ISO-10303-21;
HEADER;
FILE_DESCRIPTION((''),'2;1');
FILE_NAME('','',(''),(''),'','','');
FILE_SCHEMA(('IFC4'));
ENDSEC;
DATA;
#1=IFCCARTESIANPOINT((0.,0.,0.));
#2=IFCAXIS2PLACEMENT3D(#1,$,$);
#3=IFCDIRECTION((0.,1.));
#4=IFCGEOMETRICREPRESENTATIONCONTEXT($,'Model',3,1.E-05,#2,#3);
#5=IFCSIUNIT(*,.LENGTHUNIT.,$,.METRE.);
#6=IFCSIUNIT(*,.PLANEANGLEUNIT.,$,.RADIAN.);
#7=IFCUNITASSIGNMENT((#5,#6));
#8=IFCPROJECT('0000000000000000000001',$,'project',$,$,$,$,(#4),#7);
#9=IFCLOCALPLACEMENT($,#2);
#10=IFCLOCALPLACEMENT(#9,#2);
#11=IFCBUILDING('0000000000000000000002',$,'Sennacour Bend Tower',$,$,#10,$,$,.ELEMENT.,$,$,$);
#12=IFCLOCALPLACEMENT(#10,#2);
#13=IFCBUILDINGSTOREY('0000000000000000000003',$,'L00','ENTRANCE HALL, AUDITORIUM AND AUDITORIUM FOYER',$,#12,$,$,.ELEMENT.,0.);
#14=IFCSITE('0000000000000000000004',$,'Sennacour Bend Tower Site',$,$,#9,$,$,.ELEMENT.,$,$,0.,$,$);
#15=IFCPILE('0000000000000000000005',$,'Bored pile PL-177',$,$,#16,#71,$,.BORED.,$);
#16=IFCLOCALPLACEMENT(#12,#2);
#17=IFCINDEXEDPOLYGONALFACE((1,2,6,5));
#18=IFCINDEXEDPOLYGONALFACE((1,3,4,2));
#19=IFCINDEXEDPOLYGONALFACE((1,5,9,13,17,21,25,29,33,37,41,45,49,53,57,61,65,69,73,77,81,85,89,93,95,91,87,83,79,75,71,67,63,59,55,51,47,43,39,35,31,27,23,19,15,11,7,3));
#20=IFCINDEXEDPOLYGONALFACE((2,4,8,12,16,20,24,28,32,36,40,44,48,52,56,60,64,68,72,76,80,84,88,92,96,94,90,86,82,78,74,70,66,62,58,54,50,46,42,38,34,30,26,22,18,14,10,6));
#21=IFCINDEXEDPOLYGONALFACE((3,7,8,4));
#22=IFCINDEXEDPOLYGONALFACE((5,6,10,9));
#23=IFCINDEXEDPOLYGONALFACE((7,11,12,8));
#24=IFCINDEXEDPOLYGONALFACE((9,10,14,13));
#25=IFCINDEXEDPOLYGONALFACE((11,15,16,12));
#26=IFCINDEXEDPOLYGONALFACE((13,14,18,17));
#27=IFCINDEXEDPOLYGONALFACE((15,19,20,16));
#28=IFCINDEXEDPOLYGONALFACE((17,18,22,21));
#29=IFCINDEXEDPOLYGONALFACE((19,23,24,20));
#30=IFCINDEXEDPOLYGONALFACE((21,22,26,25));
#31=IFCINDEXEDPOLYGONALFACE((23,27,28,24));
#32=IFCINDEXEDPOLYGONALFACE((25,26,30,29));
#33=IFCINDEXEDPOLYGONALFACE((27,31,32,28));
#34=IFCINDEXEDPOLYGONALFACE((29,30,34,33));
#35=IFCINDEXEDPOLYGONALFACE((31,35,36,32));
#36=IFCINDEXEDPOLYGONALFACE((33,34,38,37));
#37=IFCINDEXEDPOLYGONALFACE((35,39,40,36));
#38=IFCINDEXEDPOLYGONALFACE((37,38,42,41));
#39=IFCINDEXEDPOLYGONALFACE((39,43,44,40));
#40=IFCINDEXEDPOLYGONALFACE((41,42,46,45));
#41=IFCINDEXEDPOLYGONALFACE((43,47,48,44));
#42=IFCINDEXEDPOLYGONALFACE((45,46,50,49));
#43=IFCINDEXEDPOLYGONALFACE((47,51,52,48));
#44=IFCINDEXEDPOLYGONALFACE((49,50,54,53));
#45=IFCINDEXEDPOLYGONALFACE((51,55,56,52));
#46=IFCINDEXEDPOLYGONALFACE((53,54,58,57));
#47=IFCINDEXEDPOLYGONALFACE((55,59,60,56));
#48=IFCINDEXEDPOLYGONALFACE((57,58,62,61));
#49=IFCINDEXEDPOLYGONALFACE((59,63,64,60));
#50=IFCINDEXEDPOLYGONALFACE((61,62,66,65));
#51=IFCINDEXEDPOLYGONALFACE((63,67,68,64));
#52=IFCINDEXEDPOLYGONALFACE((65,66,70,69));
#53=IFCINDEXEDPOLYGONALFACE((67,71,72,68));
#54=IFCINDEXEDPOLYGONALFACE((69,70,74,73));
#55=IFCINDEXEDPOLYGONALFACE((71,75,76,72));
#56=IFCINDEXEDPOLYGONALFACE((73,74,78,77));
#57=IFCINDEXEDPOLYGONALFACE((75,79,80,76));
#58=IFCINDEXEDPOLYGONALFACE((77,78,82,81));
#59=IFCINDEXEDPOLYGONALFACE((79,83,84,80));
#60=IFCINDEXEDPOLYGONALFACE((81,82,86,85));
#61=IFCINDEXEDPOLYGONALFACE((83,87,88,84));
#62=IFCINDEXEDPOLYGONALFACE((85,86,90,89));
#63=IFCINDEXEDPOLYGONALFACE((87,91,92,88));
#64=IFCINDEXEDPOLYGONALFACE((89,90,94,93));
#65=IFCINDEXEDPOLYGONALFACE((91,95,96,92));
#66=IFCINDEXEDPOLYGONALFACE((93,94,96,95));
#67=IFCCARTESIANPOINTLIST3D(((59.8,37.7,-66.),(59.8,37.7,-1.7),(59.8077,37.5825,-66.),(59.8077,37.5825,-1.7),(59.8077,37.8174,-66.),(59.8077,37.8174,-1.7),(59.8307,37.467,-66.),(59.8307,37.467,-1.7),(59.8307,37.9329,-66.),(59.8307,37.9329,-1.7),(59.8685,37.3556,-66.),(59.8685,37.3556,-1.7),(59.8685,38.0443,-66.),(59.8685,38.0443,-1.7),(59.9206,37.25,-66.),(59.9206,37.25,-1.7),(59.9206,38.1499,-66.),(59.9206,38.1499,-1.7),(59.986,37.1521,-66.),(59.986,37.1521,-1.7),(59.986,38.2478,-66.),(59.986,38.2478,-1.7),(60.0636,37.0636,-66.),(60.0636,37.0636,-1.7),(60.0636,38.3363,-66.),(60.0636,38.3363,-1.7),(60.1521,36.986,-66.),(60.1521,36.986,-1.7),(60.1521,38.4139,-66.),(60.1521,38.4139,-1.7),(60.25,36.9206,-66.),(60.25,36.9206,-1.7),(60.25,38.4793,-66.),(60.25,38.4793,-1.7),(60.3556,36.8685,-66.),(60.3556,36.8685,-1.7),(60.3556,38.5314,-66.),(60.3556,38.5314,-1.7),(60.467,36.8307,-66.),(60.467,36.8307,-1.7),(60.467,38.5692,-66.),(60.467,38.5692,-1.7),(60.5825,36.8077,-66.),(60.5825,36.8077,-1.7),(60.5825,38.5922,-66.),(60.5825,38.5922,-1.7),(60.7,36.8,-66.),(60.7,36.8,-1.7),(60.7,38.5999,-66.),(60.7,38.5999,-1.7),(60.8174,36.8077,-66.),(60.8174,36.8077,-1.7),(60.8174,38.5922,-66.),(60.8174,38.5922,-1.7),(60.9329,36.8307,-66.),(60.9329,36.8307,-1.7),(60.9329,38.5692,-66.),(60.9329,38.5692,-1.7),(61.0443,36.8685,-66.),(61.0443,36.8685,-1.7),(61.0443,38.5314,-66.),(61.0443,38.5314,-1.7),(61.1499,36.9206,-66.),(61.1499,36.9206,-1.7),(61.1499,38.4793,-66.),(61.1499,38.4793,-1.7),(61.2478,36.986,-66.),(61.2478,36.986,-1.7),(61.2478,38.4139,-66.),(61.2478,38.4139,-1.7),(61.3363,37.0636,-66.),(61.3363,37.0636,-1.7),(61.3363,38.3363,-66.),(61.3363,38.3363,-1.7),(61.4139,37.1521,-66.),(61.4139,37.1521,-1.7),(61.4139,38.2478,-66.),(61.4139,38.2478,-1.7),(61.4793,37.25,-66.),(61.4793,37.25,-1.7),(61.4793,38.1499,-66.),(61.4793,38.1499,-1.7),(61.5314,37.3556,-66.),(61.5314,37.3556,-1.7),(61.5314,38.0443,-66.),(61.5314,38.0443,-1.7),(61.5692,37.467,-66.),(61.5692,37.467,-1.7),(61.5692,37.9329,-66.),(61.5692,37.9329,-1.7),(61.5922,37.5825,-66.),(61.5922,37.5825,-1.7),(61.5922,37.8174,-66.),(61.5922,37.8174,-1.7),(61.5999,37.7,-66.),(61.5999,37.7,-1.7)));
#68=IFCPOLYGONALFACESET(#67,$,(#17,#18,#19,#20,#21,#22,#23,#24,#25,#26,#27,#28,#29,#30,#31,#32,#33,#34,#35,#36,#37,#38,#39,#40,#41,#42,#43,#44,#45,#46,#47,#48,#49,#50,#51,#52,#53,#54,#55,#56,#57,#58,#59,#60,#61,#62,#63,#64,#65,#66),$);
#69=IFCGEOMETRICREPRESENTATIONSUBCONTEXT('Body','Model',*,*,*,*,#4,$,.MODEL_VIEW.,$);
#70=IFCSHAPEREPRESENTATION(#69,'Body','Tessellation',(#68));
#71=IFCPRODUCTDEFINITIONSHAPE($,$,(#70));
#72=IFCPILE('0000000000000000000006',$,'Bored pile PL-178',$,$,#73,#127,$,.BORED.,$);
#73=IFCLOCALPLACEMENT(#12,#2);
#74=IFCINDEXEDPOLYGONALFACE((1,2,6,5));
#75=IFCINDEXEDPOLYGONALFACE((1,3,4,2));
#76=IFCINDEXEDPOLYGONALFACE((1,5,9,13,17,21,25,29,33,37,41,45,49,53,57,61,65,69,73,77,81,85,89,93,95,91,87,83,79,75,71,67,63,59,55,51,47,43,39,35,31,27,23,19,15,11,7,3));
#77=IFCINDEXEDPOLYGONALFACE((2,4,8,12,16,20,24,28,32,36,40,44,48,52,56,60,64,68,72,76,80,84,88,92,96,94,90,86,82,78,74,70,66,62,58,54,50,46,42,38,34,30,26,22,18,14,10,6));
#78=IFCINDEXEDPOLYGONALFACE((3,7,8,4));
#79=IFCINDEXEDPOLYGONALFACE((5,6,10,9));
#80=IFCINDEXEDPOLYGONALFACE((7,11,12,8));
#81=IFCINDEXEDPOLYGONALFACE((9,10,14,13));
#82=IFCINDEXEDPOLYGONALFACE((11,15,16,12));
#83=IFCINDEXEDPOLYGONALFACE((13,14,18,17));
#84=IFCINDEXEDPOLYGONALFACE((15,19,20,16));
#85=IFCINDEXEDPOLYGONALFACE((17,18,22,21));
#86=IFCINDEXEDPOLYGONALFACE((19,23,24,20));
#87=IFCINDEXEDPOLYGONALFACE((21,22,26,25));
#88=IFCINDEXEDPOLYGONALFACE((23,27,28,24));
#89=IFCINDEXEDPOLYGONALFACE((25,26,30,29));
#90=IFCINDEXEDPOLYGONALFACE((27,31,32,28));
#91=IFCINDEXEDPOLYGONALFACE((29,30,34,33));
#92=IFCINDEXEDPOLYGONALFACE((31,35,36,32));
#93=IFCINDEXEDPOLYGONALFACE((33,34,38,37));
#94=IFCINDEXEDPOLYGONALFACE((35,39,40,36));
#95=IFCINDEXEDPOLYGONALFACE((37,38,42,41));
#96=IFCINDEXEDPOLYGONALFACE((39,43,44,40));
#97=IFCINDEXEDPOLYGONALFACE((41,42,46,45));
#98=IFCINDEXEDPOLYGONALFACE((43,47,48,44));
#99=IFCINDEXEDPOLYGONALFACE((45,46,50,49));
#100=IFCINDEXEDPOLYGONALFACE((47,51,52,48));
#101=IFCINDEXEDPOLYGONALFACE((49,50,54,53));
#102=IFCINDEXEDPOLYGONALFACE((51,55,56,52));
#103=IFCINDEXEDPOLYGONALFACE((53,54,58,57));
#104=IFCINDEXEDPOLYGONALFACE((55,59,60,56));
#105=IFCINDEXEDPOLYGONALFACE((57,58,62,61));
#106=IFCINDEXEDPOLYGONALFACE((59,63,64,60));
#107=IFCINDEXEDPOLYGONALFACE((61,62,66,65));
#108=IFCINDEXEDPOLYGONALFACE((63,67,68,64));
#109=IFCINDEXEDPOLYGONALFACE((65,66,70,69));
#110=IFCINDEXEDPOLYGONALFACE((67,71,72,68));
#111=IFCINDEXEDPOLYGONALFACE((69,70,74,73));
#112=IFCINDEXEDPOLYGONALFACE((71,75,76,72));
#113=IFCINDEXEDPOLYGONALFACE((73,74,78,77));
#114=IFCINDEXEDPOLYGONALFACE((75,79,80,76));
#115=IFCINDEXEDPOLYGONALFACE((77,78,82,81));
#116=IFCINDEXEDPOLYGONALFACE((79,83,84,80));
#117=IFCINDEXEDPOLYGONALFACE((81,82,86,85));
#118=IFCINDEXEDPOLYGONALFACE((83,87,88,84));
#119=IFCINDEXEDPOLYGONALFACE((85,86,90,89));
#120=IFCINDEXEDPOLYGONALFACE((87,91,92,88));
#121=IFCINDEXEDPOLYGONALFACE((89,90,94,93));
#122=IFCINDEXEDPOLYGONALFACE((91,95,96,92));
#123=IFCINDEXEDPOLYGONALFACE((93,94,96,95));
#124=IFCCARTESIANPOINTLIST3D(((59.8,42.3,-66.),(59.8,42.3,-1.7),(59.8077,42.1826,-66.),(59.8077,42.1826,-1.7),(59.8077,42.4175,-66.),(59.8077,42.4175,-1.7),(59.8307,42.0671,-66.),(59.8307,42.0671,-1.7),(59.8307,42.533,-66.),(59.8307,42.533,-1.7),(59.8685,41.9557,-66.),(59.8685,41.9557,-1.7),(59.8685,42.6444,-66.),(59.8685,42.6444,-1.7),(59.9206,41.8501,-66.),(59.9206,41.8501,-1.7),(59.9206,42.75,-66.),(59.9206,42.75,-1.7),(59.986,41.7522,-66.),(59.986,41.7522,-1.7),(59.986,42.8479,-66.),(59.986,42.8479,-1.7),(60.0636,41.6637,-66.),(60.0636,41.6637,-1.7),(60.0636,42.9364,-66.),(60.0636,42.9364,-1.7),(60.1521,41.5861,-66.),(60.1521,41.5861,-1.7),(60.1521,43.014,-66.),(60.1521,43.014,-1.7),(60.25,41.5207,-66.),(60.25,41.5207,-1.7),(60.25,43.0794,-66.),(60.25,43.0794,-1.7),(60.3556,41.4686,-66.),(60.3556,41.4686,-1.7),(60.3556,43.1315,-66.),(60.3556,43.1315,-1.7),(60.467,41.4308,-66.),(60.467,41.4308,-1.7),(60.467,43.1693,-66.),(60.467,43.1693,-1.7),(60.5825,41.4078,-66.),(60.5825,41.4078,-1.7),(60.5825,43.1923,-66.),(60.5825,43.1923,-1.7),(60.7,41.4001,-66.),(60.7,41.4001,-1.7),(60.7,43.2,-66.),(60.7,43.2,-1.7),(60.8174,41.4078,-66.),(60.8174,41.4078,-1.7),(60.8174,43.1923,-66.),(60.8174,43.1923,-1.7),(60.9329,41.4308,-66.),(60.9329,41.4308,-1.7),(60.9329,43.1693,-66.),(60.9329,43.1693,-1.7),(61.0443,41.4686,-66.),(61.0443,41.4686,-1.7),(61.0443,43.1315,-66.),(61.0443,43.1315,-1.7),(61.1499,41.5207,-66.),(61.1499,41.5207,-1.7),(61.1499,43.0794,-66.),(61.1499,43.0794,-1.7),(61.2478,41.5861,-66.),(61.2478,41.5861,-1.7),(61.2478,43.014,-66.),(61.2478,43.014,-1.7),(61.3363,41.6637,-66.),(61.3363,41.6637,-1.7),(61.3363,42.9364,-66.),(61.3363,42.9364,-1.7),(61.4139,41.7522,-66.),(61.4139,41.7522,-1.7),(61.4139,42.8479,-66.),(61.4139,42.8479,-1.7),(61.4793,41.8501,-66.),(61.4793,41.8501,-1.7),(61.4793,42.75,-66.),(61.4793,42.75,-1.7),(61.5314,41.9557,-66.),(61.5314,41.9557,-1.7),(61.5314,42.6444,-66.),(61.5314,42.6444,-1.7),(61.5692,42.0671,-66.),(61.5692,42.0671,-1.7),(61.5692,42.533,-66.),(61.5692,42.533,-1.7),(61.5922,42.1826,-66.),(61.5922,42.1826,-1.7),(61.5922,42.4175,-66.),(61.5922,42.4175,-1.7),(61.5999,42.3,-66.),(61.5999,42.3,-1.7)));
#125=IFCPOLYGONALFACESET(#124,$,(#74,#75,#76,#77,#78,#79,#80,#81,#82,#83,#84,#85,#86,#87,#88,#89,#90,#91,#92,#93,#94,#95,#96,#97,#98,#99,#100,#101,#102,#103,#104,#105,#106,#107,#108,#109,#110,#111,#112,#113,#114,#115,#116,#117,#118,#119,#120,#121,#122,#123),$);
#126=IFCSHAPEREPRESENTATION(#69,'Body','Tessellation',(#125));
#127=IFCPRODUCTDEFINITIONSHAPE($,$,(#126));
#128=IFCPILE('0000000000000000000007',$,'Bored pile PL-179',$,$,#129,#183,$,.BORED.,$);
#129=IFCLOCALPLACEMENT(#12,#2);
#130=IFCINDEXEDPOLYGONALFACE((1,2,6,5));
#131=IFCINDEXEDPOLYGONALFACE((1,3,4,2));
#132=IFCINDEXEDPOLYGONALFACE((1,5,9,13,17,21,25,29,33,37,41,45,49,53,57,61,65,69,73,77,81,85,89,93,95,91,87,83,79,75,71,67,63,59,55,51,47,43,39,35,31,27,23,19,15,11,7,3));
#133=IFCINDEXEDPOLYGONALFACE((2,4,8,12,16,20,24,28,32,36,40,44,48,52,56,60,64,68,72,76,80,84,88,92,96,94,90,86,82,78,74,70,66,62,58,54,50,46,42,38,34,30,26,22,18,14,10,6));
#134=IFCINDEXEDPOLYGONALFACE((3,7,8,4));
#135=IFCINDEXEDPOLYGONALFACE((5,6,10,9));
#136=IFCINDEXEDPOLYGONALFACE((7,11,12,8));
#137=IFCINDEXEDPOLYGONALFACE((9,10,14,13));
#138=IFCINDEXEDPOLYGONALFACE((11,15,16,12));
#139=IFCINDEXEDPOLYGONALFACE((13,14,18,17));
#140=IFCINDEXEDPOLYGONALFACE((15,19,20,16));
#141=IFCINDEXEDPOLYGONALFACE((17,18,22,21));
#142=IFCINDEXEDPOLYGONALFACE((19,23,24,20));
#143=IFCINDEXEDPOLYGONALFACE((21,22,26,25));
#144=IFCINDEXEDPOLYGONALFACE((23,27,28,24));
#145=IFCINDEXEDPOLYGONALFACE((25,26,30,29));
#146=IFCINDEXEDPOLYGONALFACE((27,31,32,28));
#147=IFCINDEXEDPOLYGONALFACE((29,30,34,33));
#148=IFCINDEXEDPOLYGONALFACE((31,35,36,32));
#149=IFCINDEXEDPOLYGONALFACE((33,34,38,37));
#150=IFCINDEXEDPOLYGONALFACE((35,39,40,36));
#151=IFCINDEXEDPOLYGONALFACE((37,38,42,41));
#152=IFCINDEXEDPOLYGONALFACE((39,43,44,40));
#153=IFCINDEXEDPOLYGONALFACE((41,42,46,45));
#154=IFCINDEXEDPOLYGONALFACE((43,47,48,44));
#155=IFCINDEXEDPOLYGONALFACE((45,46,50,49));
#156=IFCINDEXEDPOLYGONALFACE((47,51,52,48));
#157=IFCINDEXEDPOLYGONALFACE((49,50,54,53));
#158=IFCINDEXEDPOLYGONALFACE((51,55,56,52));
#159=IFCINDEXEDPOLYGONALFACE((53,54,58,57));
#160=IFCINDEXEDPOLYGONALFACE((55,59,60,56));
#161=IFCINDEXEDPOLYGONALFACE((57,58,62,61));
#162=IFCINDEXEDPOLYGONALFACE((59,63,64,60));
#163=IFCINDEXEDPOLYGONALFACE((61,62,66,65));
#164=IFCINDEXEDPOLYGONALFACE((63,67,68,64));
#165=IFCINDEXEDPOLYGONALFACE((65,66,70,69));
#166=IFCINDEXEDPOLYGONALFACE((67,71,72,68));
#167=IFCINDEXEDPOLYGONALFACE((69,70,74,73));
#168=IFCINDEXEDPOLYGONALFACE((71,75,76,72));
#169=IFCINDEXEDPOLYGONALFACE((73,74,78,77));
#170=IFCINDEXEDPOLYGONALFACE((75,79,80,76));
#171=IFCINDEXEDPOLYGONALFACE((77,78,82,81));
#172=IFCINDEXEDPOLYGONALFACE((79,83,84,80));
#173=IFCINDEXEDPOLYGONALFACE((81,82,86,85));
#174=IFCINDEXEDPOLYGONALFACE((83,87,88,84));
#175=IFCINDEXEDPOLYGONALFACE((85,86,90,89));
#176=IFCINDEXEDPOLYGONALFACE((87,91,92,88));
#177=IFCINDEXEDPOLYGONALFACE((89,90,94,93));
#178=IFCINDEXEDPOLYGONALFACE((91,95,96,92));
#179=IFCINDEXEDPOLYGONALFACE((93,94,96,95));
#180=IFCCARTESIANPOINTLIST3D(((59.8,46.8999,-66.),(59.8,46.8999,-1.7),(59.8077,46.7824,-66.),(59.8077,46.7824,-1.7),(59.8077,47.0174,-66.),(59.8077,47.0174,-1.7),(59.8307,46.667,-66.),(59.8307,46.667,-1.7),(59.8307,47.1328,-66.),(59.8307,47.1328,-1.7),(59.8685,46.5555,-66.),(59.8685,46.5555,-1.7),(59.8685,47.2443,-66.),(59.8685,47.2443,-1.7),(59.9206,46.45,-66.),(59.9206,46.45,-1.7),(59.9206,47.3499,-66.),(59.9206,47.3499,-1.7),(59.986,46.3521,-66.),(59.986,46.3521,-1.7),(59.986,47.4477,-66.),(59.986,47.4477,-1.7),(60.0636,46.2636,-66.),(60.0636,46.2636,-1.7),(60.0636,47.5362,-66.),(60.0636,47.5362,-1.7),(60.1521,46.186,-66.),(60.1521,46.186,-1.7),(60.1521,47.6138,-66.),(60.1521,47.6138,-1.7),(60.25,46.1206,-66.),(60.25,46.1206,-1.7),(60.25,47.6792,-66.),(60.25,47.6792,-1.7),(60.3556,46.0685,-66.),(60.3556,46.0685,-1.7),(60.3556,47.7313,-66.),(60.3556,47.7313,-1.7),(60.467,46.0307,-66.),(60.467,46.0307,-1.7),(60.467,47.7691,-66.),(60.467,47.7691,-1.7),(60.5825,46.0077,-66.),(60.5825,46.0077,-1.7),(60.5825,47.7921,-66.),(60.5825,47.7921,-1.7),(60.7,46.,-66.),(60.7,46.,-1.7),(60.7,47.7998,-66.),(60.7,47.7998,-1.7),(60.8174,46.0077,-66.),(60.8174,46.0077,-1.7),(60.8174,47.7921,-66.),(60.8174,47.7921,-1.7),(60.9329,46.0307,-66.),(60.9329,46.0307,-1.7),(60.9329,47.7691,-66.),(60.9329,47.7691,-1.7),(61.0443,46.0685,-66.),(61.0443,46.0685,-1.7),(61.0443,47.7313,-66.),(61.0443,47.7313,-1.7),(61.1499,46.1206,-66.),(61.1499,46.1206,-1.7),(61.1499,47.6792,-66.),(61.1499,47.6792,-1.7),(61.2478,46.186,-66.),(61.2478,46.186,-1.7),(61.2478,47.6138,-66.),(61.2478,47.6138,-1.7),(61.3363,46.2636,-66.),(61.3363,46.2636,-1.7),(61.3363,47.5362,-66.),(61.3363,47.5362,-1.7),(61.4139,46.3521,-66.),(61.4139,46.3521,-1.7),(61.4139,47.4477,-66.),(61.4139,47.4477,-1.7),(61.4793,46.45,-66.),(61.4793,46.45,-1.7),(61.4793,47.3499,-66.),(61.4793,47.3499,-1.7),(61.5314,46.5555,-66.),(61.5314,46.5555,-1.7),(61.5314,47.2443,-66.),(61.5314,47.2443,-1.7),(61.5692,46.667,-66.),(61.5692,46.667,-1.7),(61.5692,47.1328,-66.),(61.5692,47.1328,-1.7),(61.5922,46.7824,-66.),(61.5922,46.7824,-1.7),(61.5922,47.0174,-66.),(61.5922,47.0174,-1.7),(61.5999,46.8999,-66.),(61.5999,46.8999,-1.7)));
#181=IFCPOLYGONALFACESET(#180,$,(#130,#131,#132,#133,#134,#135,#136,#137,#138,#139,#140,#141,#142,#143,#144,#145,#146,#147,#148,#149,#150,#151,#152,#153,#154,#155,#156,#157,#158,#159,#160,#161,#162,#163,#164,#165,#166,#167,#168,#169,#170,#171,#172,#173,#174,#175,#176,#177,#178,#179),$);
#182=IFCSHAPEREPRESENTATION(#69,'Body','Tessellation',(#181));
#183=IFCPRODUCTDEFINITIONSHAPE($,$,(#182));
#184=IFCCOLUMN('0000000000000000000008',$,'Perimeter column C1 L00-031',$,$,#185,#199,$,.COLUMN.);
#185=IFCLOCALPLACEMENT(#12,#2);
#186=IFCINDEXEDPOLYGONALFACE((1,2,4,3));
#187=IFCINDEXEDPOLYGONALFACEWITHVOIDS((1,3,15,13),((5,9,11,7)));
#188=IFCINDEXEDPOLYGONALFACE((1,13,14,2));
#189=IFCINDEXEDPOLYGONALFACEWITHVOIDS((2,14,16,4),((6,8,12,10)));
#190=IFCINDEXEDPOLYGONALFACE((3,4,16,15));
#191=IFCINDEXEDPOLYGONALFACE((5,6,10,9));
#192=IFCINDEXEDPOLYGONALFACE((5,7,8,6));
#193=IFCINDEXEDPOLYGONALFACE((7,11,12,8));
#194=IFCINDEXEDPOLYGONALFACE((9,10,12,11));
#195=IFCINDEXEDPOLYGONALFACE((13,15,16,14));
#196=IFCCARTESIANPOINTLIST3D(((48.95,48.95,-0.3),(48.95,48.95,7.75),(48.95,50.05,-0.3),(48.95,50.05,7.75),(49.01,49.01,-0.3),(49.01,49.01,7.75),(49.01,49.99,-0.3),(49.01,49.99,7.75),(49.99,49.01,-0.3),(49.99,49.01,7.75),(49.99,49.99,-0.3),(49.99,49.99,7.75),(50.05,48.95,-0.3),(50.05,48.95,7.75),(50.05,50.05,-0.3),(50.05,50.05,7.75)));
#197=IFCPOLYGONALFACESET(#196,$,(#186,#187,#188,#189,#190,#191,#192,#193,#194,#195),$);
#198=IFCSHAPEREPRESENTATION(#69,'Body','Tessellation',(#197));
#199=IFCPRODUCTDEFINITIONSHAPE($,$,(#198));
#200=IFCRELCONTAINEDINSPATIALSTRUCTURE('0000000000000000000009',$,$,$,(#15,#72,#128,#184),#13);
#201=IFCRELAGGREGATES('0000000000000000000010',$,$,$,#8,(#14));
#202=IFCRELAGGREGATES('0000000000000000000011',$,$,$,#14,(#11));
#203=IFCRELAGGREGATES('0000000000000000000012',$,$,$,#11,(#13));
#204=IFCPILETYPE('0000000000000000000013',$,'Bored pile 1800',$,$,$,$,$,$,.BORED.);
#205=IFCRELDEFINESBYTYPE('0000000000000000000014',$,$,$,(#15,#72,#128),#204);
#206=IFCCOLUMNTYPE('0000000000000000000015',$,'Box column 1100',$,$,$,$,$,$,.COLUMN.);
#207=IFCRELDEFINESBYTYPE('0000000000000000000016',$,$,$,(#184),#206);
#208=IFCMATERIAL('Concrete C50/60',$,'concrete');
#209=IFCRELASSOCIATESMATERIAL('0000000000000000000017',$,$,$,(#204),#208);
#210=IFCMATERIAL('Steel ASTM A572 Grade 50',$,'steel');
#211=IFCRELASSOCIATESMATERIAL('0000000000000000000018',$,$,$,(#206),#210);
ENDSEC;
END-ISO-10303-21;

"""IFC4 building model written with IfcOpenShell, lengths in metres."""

from ifc_helpers import new_model, si_unit, direction, frame, origin, origin_2d, place, context, subcontext, project, spatial, hollow_rectangle, circle, extrude, material, material_profile, profile_set, type_object, element, save


model = new_model("IFC4")

# Units and contexts
model_context = context("Model", 3, precision=1e-05, world=origin(), true_north=direction((0.0, 1.0)))
body_context = subcontext(model_context, "Body", "Model", "MODEL_VIEW")
ifc_project = project(units=[si_unit("LENGTHUNIT", "METRE"), si_unit("PLANEANGLEUNIT", "RADIAN")], contexts=[model_context])

# Site, building, storey
site_placement = place(None, origin())
site = spatial("IfcSite", under=ifc_project, at=site_placement, Name="Sennacour Bend Tower Site", CompositionType="ELEMENT", RefElevation=0.0)
building_placement = place(site_placement, origin())
building = spatial("IfcBuilding", under=site, at=building_placement, Name="Sennacour Bend Tower", CompositionType="ELEMENT")
storey_placement = place(building_placement, origin())
storey = spatial("IfcBuildingStorey", under=building, at=storey_placement, Name="L00", Description="ENTRANCE HALL, AUDITORIUM AND AUDITORIUM FOYER", CompositionType="ELEMENT", Elevation=0.0)

# Piles
ifc_material_1 = material(Name="Concrete C50/60", Category="concrete")
ifc_material_profile_1 = material_profile(ifc_material_1, circle(Radius=0.8999, at=origin_2d()), Name="Concrete C50/60", Category="concrete")
ifc_profile_set_1 = profile_set([ifc_material_profile_1], Name="Concrete C50/60")
pile_type = type_object("IfcPileType", Name="Bored pile 1800", PredefinedType="BORED", material=ifc_profile_set_1)
for number, where, z_axis, x_axis, name in (
    (1, (60.7, 37.7, -1.7), (0.0, 0.0, -1.0), (1.0, 0.0, 0.0), "Bored pile PL-177"),
    (2, (60.7, 42.3, -1.7), (0.0, 0.0, -1.0), (1.0, 0.0, 0.0), "Bored pile PL-178"),
    (3, (60.7, 46.8999, -1.7), (0.0, 0.0, -1.0), (1.0, 0.0, 0.0), "Bored pile PL-179"),
):
    element("IfcPile", number, at=place(storey_placement, frame(where, z_axis=z_axis, x_axis=x_axis)), inside=storey, type_object=pile_type, Name=name, PredefinedType="BORED", context=body_context, shape_type="SweptSolid", body=[
        extrude(circle(Radius=0.8999, at=origin_2d()), origin(), (0.0, 0.0, 1.0), 64.3),
    ])

# Column
ifc_material_2 = material(Name="Steel ASTM A572 Grade 50", Category="steel")
ifc_material_profile_2 = material_profile(ifc_material_2, hollow_rectangle(XDim=1.1001, YDim=1.1001, WallThickness=0.0601, at=origin_2d()), Name="Steel ASTM A572 Grade 50", Category="steel")
ifc_profile_set_2 = profile_set([ifc_material_profile_2], Name="Steel ASTM A572 Grade 50")
column_type = type_object("IfcColumnType", Name="Box column 1100", PredefinedType="COLUMN", material=ifc_profile_set_2)
for number, where, z_axis, x_axis, name in (
    (4, (49.5, 49.5, -0.3), (0.0, 0.0, 1.0), (1.0, 0.0, 0.0), "Perimeter column C1 L00-031"),
):
    element("IfcColumn", number, at=place(storey_placement, frame(where, z_axis=z_axis, x_axis=x_axis)), inside=storey, type_object=column_type, Name=name, PredefinedType="COLUMN", context=body_context, shape_type="SweptSolid", body=[
        extrude(hollow_rectangle(XDim=1.1001, YDim=1.1001, WallThickness=0.0601, at=origin_2d()), origin(), (0.0, 0.0, 1.0), 8.05),
    ])

save(model, "model.ifc")
